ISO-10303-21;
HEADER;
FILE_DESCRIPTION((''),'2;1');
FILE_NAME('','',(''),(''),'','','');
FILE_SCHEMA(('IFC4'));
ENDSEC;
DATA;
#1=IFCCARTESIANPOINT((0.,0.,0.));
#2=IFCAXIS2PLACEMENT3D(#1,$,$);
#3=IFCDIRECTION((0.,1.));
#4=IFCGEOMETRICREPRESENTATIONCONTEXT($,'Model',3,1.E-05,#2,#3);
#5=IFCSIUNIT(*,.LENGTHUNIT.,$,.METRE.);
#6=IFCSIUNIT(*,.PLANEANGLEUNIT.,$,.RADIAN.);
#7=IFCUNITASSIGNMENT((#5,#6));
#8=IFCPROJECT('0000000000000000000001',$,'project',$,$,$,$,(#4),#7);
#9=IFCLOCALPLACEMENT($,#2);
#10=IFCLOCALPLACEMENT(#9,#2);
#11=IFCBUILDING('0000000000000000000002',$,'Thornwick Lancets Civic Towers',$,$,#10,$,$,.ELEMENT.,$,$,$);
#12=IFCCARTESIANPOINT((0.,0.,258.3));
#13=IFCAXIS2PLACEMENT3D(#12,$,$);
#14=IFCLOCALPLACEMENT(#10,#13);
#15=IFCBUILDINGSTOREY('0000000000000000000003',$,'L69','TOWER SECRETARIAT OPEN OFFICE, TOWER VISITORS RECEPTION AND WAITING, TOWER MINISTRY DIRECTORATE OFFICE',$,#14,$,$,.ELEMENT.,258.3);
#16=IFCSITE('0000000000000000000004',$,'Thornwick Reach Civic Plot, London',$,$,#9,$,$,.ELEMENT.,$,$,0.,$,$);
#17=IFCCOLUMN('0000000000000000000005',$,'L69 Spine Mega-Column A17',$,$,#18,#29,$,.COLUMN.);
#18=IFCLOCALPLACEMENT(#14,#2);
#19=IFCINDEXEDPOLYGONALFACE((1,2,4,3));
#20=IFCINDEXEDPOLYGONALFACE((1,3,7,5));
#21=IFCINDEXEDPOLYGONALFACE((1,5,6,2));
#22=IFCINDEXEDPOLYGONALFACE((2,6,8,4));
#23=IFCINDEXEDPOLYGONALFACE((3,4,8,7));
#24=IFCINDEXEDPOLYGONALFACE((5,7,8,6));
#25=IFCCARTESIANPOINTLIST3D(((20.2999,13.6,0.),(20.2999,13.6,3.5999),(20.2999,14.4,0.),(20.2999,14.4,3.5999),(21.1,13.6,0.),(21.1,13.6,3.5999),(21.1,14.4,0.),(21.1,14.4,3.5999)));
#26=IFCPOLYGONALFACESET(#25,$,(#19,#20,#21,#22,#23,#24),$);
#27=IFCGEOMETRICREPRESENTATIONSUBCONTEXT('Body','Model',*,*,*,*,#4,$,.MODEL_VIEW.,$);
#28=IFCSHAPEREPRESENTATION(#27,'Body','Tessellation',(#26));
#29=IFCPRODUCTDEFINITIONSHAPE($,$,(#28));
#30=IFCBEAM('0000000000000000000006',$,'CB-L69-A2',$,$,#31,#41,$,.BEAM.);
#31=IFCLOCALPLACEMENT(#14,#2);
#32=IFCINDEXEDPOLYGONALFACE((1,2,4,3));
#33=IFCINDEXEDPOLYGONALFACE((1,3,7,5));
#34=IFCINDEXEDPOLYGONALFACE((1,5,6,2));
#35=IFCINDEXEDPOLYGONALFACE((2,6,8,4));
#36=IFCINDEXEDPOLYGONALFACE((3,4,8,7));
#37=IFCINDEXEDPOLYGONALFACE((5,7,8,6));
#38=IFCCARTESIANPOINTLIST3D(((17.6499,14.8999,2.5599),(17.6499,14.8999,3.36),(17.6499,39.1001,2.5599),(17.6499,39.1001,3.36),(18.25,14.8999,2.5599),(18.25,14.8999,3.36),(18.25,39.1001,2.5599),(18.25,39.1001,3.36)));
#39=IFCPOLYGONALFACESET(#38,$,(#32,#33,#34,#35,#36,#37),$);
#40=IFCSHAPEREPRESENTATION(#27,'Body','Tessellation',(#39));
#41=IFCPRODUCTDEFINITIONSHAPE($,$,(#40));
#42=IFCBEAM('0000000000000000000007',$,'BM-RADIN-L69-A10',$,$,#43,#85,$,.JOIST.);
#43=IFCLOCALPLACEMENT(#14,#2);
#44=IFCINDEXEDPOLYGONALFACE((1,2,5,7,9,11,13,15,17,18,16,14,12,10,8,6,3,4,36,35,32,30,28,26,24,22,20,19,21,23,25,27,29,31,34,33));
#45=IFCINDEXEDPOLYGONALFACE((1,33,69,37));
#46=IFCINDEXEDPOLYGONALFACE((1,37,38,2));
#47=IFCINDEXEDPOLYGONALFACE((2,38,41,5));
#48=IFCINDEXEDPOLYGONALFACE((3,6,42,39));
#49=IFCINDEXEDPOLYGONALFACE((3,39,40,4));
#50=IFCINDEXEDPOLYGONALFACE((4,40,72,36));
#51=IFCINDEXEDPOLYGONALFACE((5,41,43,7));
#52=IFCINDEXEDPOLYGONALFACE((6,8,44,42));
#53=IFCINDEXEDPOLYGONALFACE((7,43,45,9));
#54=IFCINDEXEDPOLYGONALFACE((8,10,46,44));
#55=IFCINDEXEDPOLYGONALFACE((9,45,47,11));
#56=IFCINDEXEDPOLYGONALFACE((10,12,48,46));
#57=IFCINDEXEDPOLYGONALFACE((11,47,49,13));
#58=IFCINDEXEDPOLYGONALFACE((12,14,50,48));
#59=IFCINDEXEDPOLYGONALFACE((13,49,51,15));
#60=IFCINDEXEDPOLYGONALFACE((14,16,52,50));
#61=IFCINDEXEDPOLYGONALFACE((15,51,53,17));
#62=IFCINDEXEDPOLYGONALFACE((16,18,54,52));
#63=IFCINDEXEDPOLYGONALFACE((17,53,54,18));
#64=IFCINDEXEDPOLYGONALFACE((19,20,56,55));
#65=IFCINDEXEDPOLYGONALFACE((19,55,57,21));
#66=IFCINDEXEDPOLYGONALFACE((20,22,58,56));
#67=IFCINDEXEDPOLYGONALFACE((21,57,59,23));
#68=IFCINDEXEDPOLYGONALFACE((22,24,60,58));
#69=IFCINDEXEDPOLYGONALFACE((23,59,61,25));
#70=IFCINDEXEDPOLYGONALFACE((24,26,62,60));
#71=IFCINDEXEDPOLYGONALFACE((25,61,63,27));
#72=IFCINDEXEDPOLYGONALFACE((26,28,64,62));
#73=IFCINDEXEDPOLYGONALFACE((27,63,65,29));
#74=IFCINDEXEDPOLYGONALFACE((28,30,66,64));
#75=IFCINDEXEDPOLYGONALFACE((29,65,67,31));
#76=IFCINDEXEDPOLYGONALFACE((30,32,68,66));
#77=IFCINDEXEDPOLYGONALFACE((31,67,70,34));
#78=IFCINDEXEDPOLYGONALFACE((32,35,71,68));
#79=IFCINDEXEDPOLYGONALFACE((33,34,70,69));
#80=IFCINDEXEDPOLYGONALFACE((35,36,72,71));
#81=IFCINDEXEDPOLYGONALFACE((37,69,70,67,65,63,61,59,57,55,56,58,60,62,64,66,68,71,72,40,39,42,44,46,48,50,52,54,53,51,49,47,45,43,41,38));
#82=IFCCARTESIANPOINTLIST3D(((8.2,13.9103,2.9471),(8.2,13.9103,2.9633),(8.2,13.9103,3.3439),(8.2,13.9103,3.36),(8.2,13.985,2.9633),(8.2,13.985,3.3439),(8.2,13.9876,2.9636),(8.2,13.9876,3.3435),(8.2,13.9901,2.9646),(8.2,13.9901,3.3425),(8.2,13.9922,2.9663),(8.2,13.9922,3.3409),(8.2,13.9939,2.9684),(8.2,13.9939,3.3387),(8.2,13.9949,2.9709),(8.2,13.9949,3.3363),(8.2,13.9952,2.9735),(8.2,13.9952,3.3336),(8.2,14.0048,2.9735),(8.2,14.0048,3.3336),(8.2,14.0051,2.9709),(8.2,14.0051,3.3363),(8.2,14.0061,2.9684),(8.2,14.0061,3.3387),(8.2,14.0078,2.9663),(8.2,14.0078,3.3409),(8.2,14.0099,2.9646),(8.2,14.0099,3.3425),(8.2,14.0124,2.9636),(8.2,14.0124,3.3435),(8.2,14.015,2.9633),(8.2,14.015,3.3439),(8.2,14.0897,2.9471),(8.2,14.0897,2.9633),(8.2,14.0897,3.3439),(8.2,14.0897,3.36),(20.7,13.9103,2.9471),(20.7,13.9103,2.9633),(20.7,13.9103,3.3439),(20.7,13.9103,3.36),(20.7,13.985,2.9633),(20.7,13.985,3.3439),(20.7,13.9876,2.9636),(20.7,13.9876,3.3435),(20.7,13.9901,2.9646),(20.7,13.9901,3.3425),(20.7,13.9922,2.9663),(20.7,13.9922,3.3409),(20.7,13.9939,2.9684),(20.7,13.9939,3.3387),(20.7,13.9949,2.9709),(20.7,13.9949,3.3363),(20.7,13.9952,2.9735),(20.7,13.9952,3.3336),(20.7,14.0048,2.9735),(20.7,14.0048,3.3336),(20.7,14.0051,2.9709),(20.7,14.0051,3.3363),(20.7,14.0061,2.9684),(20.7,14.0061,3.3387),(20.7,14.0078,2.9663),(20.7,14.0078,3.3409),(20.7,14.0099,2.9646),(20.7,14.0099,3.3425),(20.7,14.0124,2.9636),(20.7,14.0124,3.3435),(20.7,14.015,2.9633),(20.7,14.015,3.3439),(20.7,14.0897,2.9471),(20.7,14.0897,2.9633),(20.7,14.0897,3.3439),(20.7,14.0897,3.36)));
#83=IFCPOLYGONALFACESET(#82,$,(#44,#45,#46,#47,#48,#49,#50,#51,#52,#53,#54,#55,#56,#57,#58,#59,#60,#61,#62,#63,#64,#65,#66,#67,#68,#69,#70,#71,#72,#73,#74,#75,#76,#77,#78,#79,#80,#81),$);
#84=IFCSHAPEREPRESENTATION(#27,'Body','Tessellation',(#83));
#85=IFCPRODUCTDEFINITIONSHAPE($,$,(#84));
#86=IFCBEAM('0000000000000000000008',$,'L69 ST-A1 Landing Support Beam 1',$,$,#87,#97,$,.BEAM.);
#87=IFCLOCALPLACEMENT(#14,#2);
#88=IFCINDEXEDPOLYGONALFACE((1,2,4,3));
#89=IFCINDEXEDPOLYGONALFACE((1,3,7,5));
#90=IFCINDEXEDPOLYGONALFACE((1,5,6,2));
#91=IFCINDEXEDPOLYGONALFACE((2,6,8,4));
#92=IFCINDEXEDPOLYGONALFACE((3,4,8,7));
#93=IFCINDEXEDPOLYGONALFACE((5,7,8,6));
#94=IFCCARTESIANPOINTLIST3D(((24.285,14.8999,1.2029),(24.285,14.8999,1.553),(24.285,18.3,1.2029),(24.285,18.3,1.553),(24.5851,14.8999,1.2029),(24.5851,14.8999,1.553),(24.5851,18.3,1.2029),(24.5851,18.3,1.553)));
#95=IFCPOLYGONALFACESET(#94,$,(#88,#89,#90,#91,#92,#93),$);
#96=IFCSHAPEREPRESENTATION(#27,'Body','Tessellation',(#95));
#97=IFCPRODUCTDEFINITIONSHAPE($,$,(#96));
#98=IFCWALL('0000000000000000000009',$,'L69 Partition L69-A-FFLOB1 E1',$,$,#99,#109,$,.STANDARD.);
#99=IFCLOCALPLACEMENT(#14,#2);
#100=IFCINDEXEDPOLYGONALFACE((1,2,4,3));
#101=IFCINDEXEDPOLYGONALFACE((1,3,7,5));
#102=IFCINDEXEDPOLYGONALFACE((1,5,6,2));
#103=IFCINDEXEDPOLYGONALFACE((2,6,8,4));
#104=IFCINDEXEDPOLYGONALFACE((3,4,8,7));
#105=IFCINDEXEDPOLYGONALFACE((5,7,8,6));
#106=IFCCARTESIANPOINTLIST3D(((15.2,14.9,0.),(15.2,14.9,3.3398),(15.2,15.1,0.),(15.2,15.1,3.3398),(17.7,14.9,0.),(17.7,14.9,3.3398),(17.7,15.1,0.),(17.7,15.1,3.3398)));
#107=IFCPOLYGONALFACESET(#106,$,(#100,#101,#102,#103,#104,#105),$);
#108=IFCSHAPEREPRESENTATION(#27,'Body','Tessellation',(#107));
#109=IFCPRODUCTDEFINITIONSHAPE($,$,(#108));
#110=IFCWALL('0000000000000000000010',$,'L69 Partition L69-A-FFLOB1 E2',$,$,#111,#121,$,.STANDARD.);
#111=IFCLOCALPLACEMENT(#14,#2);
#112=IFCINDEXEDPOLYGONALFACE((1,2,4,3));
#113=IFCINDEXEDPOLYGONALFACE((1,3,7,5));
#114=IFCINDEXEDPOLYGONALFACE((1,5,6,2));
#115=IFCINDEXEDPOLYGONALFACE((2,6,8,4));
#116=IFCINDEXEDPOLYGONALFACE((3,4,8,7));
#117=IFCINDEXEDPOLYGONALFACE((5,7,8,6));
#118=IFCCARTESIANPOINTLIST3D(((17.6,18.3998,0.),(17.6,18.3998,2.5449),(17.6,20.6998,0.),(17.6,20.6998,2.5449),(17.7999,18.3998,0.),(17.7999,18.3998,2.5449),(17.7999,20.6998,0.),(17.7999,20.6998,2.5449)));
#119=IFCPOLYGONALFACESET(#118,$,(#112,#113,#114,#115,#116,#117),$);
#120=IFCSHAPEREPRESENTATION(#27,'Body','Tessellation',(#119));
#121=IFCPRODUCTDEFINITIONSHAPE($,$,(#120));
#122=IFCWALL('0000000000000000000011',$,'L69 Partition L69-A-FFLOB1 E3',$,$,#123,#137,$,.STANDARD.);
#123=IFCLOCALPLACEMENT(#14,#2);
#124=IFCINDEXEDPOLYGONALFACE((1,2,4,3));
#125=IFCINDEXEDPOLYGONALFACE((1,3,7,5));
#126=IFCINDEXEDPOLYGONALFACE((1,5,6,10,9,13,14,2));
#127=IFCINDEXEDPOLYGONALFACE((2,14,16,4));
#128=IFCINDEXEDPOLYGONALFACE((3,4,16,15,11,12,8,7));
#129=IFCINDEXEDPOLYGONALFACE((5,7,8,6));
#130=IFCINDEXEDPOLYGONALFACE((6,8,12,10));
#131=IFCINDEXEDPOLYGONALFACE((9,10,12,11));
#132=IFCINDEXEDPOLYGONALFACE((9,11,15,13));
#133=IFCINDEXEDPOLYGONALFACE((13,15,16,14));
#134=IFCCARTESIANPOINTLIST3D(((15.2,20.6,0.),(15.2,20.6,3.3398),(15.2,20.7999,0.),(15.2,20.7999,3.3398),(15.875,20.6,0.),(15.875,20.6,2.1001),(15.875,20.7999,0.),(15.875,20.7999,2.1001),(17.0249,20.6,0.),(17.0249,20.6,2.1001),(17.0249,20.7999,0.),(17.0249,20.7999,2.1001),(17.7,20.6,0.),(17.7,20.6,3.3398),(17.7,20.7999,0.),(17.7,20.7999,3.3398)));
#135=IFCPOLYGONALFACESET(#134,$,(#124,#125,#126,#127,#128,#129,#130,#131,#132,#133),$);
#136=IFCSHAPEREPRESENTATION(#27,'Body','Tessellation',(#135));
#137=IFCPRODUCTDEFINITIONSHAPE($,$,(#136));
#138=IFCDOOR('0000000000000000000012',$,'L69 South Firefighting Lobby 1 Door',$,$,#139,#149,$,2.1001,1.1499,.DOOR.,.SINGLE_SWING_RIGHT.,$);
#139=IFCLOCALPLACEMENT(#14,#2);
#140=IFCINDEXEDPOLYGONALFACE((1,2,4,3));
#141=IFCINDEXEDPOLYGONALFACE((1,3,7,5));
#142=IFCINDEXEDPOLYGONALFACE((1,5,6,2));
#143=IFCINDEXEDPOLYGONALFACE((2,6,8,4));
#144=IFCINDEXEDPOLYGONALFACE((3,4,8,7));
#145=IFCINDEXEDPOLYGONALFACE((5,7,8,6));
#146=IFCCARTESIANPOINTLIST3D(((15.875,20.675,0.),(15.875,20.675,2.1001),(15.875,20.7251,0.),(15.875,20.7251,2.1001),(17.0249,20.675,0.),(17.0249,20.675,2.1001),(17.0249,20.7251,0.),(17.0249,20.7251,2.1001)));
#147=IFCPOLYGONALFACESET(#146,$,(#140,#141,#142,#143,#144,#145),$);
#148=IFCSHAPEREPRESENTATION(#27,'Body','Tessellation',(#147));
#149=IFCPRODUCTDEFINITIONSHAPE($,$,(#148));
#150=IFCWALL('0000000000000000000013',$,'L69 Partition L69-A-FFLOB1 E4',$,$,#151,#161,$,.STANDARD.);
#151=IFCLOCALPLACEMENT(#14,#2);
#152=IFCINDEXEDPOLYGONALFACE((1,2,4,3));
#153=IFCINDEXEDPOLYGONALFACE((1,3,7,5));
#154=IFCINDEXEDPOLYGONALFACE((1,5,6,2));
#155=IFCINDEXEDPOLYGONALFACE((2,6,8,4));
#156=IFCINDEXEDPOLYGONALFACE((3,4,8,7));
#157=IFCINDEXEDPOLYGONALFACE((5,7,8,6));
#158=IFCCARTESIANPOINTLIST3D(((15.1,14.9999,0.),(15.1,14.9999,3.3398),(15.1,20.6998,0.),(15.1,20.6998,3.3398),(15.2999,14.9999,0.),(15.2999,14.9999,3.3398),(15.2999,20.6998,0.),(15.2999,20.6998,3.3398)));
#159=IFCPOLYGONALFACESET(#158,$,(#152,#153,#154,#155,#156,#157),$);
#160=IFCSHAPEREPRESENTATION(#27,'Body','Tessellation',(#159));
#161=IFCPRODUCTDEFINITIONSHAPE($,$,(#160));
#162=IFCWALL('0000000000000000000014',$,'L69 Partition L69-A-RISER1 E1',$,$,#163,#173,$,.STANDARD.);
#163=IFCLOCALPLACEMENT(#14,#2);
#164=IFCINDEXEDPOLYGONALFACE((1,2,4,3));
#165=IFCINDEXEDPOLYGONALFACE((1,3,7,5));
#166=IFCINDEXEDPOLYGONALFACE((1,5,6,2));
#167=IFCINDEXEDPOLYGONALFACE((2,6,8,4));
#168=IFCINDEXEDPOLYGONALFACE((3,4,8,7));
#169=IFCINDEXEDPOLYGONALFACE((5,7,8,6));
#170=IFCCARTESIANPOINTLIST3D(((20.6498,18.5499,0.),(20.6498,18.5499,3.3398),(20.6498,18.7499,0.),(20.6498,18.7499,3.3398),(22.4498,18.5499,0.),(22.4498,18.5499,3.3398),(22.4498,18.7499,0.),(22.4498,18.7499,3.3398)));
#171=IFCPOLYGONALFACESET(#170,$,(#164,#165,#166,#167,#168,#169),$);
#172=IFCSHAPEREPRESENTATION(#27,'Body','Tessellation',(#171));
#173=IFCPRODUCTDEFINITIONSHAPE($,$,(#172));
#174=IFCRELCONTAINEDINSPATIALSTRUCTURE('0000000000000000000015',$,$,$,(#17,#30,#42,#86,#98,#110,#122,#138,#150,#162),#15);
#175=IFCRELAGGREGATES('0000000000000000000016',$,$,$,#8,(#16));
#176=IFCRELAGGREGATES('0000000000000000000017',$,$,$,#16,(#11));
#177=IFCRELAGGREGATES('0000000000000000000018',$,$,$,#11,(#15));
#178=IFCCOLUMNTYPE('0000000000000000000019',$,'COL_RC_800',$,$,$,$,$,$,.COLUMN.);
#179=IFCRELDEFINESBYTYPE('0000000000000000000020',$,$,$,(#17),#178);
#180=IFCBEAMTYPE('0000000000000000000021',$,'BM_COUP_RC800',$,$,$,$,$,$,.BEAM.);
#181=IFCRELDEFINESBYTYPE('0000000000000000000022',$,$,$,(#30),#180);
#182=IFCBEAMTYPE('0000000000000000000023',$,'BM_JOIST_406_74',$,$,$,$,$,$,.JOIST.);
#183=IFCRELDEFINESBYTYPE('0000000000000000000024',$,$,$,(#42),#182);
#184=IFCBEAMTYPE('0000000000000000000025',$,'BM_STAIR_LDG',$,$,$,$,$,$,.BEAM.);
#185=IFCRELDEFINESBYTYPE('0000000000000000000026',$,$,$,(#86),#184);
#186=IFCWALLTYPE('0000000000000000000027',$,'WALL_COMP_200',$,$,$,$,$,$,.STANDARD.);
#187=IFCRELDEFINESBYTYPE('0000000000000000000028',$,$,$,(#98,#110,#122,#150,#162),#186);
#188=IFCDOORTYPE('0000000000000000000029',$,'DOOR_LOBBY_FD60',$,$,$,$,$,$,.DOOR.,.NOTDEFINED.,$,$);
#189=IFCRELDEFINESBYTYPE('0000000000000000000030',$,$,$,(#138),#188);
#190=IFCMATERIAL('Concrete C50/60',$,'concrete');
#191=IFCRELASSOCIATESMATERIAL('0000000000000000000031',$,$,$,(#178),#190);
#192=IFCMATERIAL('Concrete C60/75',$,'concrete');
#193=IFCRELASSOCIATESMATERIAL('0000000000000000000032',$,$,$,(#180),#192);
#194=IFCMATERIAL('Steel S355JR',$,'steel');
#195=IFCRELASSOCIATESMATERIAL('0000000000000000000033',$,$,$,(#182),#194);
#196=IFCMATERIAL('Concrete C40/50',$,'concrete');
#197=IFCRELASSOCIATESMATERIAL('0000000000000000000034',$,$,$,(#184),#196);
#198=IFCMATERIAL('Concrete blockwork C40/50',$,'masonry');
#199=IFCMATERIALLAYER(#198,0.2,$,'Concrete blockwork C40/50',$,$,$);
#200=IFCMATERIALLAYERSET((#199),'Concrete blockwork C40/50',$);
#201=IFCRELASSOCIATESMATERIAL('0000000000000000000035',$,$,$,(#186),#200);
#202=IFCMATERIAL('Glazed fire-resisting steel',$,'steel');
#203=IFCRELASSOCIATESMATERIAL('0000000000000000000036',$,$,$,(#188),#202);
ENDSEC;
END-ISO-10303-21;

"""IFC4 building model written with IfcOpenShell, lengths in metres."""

from ifc_helpers import new_model, si_unit, direction, frame, frame_2d, origin, origin_2d, place, context, subcontext, project, spatial, rectangle, i_section, extrude, material, layer, layer_set, material_profile, profile_set, type_object, element, fill, save


model = new_model("IFC4")

# Units and contexts
model_context = context("Model", 3, precision=1e-05, world=origin(), true_north=direction((0.0, 1.0)))
body_context = subcontext(model_context, "Body", "Model", "MODEL_VIEW")
ifc_project = project(units=[si_unit("LENGTHUNIT", "METRE"), si_unit("PLANEANGLEUNIT", "RADIAN")], contexts=[model_context])

# Site, building, storey
site_placement = place(None, origin())
site = spatial("IfcSite", under=ifc_project, at=site_placement, Name="Thornwick Reach Civic Plot, London", CompositionType="ELEMENT", RefElevation=0.0)
building_placement = place(site_placement, origin())
building = spatial("IfcBuilding", under=site, at=building_placement, Name="Thornwick Lancets Civic Towers", CompositionType="ELEMENT")
storey_placement = place(building_placement, frame((0.0, 0.0, 258.3)))
storey = spatial("IfcBuildingStorey", under=building, at=storey_placement, Name="L69", Description="TOWER SECRETARIAT OPEN OFFICE, TOWER VISITORS RECEPTION AND WAITING, TOWER MINISTRY DIRECTORATE OFFICE", CompositionType="ELEMENT", Elevation=258.3)

# Column
ifc_material_1 = material(Name="Concrete C50/60", Category="concrete")
ifc_material_profile_1 = material_profile(ifc_material_1, rectangle(XDim=0.8, YDim=0.8, at=origin_2d()), Name="RC 800x800")
ifc_profile_set_1 = profile_set([ifc_material_profile_1], Name="Concrete C50/60")
column_type = type_object("IfcColumnType", Name="COL_RC_800", PredefinedType="COLUMN", material=ifc_profile_set_1)
column_placement = place(storey_placement, frame((20.7, 14.0, 0.0), z_axis=(0.0, 0.0, 1.0), x_axis=(1.0, 0.0, 0.0)))
element("IfcColumn", 1, at=column_placement, inside=storey, type_object=column_type, Name="L69 Spine Mega-Column A17", PredefinedType="COLUMN", context=body_context, shape_type="SweptSolid", body=[
    extrude(rectangle(XDim=0.8, YDim=0.8, at=origin_2d()), origin(), (0.0, 0.0, 1.0), 3.5999),
])

# Beams
ifc_material_2 = material(Name="Concrete C60/75", Category="concrete")
ifc_material_profile_2 = material_profile(ifc_material_2, rectangle(XDim=0.6001, YDim=0.8, at=origin_2d()), Name="RC 600x800")
ifc_profile_set_2 = profile_set([ifc_material_profile_2], Name="Concrete C60/75")
beam_type_1 = type_object("IfcBeamType", Name="BM_COUP_RC800", PredefinedType="BEAM", material=ifc_profile_set_2)
beam_1_placement = place(storey_placement, frame((17.95, 14.8999, 2.96), z_axis=(0.0, 1.0, 0.0), x_axis=(-1.0, 0.0, 0.0)))
element("IfcBeam", 2, at=beam_1_placement, inside=storey, type_object=beam_type_1, Name="CB-L69-A2", PredefinedType="BEAM", context=body_context, shape_type="SweptSolid", body=[
    extrude(rectangle(XDim=0.6001, YDim=0.8, at=origin_2d()), origin(), (0.0, 0.0, 1.0), 24.2002),
])
ifc_material_3 = material(Name="Steel S355JR", Category="steel")
ifc_material_profile_3 = material_profile(ifc_material_3, i_section(OverallWidth=0.1794, OverallDepth=0.4128, WebThickness=0.0095, FlangeThickness=0.0161, FilletRadius=0.0103, at=origin_2d()), Name="UKB 406x178x74")
ifc_profile_set_3 = profile_set([ifc_material_profile_3], Name="Steel S355JR")
beam_type_2 = type_object("IfcBeamType", Name="BM_JOIST_406_74", PredefinedType="JOIST", material=ifc_profile_set_3)
beam_2_placement = place(storey_placement, frame((20.7, 14.0, 3.1536), z_axis=(-1.0, 0.0, 0.0), x_axis=(0.0, -1.0, 0.0)))
element("IfcBeam", 3, at=beam_2_placement, inside=storey, type_object=beam_type_2, Name="BM-RADIN-L69-A10", PredefinedType="JOIST", context=body_context, shape_type="SweptSolid", body=[
    extrude(i_section(OverallWidth=0.1794, OverallDepth=0.4128, WebThickness=0.0095, FlangeThickness=0.0161, FilletRadius=0.0103, at=origin_2d()), origin(), (0.0, 0.0, 1.0), 12.5),
])
ifc_material_4 = material(Name="Concrete C40/50", Category="concrete")
ifc_material_profile_4 = material_profile(ifc_material_4, rectangle(XDim=0.3, YDim=0.3501, at=origin_2d()), Name="RC 300x350")
ifc_profile_set_4 = profile_set([ifc_material_profile_4], Name="Concrete C40/50")
beam_type_3 = type_object("IfcBeamType", Name="BM_STAIR_LDG", PredefinedType="BEAM", material=ifc_profile_set_4)
beam_3_placement = place(storey_placement, frame((24.4351, 14.8999, 1.3779), z_axis=(0.0, 1.0, 0.0), x_axis=(-1.0, 0.0, 0.0)))
element("IfcBeam", 4, at=beam_3_placement, inside=storey, type_object=beam_type_3, Name="L69 ST-A1 Landing Support Beam 1", PredefinedType="BEAM", context=body_context, shape_type="SweptSolid", body=[
    extrude(rectangle(XDim=0.3, YDim=0.3501, at=origin_2d()), origin(), (0.0, 0.0, 1.0), 3.4001),
])

# Walls
ifc_material_5 = material(Name="Concrete blockwork C40/50", Category="masonry")
ifc_layer_1 = layer(ifc_material_5, 0.2, Name="Concrete blockwork C40/50")
ifc_layer_set_1 = layer_set([ifc_layer_1], Name="Concrete blockwork C40/50")
wall_type_1 = type_object("IfcWallType", Name="WALL_COMP_200", PredefinedType="STANDARD", material=ifc_layer_set_1)
wall_1_placement = place(storey_placement, frame((15.2, 15.0, 0.0), z_axis=(0.0, 0.0, 1.0), x_axis=(1.0, 0.0, 0.0)))
element("IfcWall", 5, at=wall_1_placement, inside=storey, type_object=wall_type_1, Name="L69 Partition L69-A-FFLOB1 E1", PredefinedType="STANDARD", context=body_context, shape_type="SweptSolid", body=[
    extrude(rectangle(XDim=2.5, YDim=0.2, at=frame_2d((1.25, 0.0))), origin(), (0.0, 0.0, 1.0), 3.3398),
])
wall_2_placement = place(storey_placement, frame((17.7, 18.3999, 0.0), z_axis=(0.0, 0.0, 1.0), x_axis=(0.0, 1.0, 0.0)))
element("IfcWall", 6, at=wall_2_placement, inside=storey, type_object=wall_type_1, Name="L69 Partition L69-A-FFLOB1 E2", PredefinedType="STANDARD", context=body_context, shape_type="SweptSolid", body=[
    extrude(rectangle(XDim=2.3, YDim=0.2, at=frame_2d((1.1499, 0.0))), origin(), (0.0, 0.0, 1.0), 2.5449),
])

# Wall, opening, door
wall_3_placement = place(storey_placement, frame((17.7, 20.7, 0.0), z_axis=(0.0, 0.0, 1.0), x_axis=(-1.0, 0.0, 0.0)))
wall_3 = element("IfcWall", 7, at=wall_3_placement, inside=storey, type_object=wall_type_1, Name="L69 Partition L69-A-FFLOB1 E3", PredefinedType="STANDARD", context=body_context, shape_type="SweptSolid", body=[
    extrude(rectangle(XDim=2.5, YDim=0.2, at=frame_2d((1.25, 0.0))), origin(), (0.0, 0.0, 1.0), 3.3398),
])
opening_1_placement = place(wall_3_placement, frame((0.675, 0.0, 0.0)))
opening_1 = element("IfcOpeningElement", 8, at=opening_1_placement, cuts=wall_3, PredefinedType="OPENING", context=body_context, shape_type="SweptSolid", body=[
    extrude(rectangle(XDim=1.1499, YDim=2.1001, at=frame_2d((0.575, 1.05))), frame((0.0, 0.1099, 0.0), z_axis=(0.0, -1.0, 0.0), x_axis=(1.0, 0.0, 0.0)), (0.0, 0.0, 1.0), 0.22),
])
ifc_material_6 = material(Name="Glazed fire-resisting steel", Category="steel")
door_type_1 = type_object("IfcDoorType", Name="DOOR_LOBBY_FD60", OperationType="NOTDEFINED", PredefinedType="DOOR", material=ifc_material_6)
door_1_placement = place(opening_1_placement, origin())
door_1 = element("IfcDoor", 9, at=door_1_placement, inside=storey, type_object=door_type_1, Name="L69 South Firefighting Lobby 1 Door", OperationType="SINGLE_SWING_RIGHT", OverallHeight=2.1001, OverallWidth=1.1499, PredefinedType="DOOR", context=body_context, shape_type="SweptSolid", body=[
    extrude(rectangle(XDim=1.1499, YDim=2.1001, at=frame_2d((0.575, 1.05))), frame((0.0, 0.0249, 0.0), z_axis=(0.0, -1.0, 0.0), x_axis=(1.0, 0.0, 0.0)), (0.0, 0.0, 1.0), 0.05),
])
fill(opening_1, door_1)

# Walls
wall_4_placement = place(storey_placement, frame((15.2, 20.7, 0.0), z_axis=(0.0, 0.0, 1.0), x_axis=(0.0, -1.0, 0.0)))
element("IfcWall", 10, at=wall_4_placement, inside=storey, type_object=wall_type_1, Name="L69 Partition L69-A-FFLOB1 E4", PredefinedType="STANDARD", context=body_context, shape_type="SweptSolid", body=[
    extrude(rectangle(XDim=5.7, YDim=0.2, at=frame_2d((2.8501, 0.0))), origin(), (0.0, 0.0, 1.0), 3.3398),
])
wall_5_placement = place(storey_placement, frame((20.6499, 18.6499, 0.0), z_axis=(0.0, 0.0, 1.0), x_axis=(1.0, 0.0, 0.0)))
element("IfcWall", 11, at=wall_5_placement, inside=storey, type_object=wall_type_1, Name="L69 Partition L69-A-RISER1 E1", PredefinedType="STANDARD", context=body_context, shape_type="SweptSolid", body=[
    extrude(rectangle(XDim=1.8, YDim=0.2, at=frame_2d((0.8999, 0.0))), origin(), (0.0, 0.0, 1.0), 3.3398),
])

save(model, "model.ifc")
